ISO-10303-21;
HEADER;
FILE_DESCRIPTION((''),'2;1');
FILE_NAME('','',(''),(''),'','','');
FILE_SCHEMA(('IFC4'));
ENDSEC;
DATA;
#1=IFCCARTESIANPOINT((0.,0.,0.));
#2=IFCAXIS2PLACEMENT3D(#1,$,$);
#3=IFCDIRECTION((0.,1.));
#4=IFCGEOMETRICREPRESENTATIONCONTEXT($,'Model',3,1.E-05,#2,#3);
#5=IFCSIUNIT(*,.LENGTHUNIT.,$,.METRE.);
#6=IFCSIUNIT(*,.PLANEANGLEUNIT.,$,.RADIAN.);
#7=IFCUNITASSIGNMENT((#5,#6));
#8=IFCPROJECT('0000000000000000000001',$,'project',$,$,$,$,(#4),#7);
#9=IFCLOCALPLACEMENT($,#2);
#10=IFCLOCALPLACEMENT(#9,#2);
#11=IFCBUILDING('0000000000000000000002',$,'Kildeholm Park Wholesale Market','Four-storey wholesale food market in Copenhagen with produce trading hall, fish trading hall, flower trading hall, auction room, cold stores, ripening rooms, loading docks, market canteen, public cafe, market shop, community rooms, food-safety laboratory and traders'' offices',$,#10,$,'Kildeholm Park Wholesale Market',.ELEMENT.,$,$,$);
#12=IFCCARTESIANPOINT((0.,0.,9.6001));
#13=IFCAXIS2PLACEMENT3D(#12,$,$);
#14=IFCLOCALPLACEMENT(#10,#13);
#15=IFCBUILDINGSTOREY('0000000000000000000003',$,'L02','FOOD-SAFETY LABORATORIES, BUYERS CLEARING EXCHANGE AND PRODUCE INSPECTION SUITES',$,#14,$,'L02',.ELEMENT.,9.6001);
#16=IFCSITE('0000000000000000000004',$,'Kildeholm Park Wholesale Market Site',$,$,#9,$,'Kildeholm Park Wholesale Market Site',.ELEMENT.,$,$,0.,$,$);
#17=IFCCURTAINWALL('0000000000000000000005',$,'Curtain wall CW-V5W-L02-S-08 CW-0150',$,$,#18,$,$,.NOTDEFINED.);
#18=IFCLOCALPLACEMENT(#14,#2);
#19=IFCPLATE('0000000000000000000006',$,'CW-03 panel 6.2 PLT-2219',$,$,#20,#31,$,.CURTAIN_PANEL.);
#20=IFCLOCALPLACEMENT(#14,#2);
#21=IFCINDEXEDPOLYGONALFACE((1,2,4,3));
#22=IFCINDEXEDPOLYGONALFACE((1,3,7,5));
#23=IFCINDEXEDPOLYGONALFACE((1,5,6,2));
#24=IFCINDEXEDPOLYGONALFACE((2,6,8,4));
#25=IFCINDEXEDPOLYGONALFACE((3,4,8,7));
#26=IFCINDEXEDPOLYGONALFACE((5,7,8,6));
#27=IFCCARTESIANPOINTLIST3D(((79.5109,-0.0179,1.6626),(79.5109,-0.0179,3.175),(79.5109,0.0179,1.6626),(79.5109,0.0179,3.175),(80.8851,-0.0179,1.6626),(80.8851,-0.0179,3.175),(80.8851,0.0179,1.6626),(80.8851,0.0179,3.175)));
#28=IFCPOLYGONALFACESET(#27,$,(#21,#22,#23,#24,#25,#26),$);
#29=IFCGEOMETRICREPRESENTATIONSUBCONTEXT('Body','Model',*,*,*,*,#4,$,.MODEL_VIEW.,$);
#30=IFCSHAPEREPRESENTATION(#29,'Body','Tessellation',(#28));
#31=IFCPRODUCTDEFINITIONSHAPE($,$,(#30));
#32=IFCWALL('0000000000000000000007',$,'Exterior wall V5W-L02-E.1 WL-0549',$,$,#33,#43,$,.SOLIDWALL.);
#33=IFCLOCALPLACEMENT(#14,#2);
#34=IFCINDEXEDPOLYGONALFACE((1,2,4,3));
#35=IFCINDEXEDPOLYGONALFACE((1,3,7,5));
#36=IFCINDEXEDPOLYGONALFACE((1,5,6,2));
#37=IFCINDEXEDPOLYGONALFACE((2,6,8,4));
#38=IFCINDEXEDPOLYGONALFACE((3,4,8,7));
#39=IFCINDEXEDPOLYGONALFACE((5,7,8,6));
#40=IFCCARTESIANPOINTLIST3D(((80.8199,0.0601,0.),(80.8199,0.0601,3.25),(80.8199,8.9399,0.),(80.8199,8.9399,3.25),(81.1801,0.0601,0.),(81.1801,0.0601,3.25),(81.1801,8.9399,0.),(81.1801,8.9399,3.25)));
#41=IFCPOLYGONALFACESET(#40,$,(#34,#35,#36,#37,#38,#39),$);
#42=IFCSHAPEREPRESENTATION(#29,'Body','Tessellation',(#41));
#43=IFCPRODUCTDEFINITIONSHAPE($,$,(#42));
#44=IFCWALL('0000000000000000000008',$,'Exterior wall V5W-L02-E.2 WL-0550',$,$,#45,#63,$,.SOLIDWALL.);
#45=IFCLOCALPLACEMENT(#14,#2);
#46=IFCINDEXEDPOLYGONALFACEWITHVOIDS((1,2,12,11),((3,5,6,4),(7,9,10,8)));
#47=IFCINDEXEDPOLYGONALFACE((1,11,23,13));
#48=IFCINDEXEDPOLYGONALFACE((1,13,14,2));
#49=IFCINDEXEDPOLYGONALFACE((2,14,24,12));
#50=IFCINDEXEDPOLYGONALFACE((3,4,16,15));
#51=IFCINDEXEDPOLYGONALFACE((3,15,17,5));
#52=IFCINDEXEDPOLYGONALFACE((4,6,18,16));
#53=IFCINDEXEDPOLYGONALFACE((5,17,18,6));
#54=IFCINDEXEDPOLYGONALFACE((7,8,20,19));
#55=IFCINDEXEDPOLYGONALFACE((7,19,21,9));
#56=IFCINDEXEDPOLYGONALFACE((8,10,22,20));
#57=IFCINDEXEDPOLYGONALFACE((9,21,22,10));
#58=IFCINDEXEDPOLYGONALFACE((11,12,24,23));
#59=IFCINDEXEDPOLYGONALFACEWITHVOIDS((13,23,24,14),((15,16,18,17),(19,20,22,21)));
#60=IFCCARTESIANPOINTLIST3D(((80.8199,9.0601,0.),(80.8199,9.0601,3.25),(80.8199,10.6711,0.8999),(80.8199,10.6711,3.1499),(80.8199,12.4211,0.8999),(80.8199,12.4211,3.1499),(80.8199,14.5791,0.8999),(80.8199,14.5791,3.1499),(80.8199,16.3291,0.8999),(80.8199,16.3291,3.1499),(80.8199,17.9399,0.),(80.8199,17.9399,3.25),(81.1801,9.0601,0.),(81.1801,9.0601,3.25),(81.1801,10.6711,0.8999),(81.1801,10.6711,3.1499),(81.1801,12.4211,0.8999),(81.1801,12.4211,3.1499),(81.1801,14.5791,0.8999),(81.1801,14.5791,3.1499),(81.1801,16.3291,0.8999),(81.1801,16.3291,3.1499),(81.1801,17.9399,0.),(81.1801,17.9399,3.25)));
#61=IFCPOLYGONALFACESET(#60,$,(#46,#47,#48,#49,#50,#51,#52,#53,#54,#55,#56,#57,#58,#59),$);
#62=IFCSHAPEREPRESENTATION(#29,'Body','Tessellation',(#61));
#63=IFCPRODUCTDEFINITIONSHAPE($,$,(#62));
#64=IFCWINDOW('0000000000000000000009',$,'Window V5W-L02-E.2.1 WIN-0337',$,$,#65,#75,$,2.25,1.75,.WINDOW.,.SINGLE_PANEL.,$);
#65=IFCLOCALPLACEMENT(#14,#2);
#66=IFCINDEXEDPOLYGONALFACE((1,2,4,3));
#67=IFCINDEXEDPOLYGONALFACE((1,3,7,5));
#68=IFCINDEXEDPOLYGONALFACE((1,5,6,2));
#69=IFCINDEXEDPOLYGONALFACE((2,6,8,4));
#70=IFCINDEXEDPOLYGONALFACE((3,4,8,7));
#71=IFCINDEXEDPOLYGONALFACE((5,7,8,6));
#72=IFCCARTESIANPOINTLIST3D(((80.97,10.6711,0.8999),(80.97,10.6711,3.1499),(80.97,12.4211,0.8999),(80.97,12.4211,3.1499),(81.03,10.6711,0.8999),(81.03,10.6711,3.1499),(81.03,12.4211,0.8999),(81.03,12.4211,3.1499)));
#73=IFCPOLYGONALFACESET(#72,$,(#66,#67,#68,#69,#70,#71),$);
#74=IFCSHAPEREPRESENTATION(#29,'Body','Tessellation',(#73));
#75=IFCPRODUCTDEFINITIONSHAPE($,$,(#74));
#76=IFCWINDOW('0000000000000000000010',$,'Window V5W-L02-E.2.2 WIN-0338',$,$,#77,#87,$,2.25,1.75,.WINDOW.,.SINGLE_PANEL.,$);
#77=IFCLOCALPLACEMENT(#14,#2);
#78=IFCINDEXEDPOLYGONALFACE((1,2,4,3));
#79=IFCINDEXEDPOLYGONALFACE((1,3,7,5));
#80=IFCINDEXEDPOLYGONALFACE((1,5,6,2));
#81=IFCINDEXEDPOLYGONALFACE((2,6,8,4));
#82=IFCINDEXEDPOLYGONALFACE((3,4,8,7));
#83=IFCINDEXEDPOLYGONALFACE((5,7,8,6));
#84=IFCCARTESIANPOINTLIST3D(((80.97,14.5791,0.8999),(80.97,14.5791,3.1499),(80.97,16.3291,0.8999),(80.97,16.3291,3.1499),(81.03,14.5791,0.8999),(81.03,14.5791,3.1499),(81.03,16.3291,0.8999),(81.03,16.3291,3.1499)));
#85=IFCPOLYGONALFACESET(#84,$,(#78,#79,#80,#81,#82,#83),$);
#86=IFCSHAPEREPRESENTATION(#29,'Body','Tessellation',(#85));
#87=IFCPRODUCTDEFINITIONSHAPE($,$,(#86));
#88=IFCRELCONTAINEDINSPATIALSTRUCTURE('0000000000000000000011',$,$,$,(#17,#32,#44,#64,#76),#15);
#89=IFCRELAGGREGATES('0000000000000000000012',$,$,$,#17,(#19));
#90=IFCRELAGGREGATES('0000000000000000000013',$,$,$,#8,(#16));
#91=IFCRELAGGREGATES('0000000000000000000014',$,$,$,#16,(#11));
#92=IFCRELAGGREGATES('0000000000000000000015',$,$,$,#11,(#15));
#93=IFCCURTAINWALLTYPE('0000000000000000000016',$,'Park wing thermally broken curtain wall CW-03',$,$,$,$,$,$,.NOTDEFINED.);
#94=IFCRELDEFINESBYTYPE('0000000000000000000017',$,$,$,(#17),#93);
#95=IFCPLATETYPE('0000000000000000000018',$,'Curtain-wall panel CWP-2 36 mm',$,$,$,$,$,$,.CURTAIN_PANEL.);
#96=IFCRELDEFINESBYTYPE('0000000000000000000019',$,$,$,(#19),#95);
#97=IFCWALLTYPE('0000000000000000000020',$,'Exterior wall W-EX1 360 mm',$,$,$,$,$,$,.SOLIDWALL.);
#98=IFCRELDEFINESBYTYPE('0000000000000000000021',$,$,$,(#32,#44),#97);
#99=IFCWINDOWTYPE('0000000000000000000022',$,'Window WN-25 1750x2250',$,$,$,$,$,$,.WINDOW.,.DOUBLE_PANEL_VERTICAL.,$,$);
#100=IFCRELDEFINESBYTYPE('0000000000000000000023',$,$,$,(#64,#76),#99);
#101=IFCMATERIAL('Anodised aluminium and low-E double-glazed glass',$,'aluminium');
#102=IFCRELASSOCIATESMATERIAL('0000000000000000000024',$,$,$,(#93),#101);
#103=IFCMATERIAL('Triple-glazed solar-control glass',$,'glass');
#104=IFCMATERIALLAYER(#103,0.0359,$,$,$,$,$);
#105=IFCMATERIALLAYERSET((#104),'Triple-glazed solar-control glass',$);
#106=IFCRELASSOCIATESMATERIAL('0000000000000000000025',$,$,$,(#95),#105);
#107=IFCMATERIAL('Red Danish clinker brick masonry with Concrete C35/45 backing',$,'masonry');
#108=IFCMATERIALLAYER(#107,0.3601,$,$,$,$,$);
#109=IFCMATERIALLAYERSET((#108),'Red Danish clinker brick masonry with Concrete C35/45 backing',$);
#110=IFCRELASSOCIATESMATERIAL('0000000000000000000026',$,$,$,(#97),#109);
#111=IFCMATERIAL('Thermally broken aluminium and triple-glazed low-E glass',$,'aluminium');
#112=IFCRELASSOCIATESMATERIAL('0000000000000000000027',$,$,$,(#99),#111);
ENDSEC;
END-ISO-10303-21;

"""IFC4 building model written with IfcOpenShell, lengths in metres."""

from ifc_helpers import new_model, si_unit, direction, frame, frame_2d, origin, origin_2d, place, context, subcontext, project, spatial, rectangle, extrude, material, layer, layer_set, type_object, element, fill, aggregate, save


model = new_model("IFC4")

# Units and contexts
model_context = context("Model", 3, precision=1e-05, world=origin(), true_north=direction((0.0, 1.0)))
body_context = subcontext(model_context, "Body", "Model", "MODEL_VIEW")
ifc_project = project(units=[si_unit("LENGTHUNIT", "METRE"), si_unit("PLANEANGLEUNIT", "RADIAN")], contexts=[model_context])

# Site, building, storey
site_placement = place(None, origin())
site = spatial("IfcSite", under=ifc_project, at=site_placement, Name="Kildeholm Park Wholesale Market Site", LongName="Kildeholm Park Wholesale Market Site", CompositionType="ELEMENT", RefElevation=0.0)
building_placement = place(site_placement, origin())
building = spatial("IfcBuilding", under=site, at=building_placement, Name="Kildeholm Park Wholesale Market", Description="Four-storey wholesale food market in Copenhagen with produce trading hall, fish trading hall, flower trading hall, auction room, cold stores, ripening rooms, loading docks, market canteen, public cafe, market shop, community rooms, food-safety laboratory and traders' offices", LongName="Kildeholm Park Wholesale Market", CompositionType="ELEMENT")
storey_placement = place(building_placement, frame((0.0, 0.0, 9.6001)))
storey = spatial("IfcBuildingStorey", under=building, at=storey_placement, Name="L02", Description="FOOD-SAFETY LABORATORIES, BUYERS CLEARING EXCHANGE AND PRODUCE INSPECTION SUITES", LongName="L02", CompositionType="ELEMENT", Elevation=9.6001)

# Curtain wall, plate
ifc_material_1 = material(Name="Anodised aluminium and low-E double-glazed glass", Category="aluminium")
curtain_wall_type = type_object("IfcCurtainWallType", Name="Park wing thermally broken curtain wall CW-03", PredefinedType="NOTDEFINED", material=ifc_material_1)
curtain_wall_placement = place(storey_placement, origin())
curtain_wall = element("IfcCurtainWall", 1, at=curtain_wall_placement, inside=storey, type_object=curtain_wall_type, Name="Curtain wall CW-V5W-L02-S-08 CW-0150", PredefinedType="NOTDEFINED")
ifc_material_2 = material(Name="Triple-glazed solar-control glass", Category="glass")
ifc_layer_1 = layer(ifc_material_2, 0.0359)
ifc_layer_set_1 = layer_set([ifc_layer_1], Name="Triple-glazed solar-control glass")
plate_type = type_object("IfcPlateType", Name="Curtain-wall panel CWP-2 36 mm", PredefinedType="CURTAIN_PANEL", material=ifc_layer_set_1)
plate_1_placement = place(storey_placement, frame((80.198, 0.0, 1.6626), z_axis=(0.0, 0.0, 1.0), x_axis=(1.0, 0.0, 0.0)))
plate_1 = element("IfcPlate", 2, at=plate_1_placement, type_object=plate_type, Name="CW-03 panel 6.2 PLT-2219", PredefinedType="CURTAIN_PANEL", context=body_context, shape_type="SweptSolid", body=[
    extrude(rectangle(XDim=1.3743, YDim=0.0359, at=origin_2d()), origin(), (0.0, 0.0, 1.0), 1.5125),
])
aggregate(curtain_wall, [plate_1])

# Wall
ifc_material_3 = material(Name="Red Danish clinker brick masonry with Concrete C35/45 backing", Category="masonry")
ifc_layer_2 = layer(ifc_material_3, 0.3601)
ifc_layer_set_2 = layer_set([ifc_layer_2], Name="Red Danish clinker brick masonry with Concrete C35/45 backing")
wall_type = type_object("IfcWallType", Name="Exterior wall W-EX1 360 mm", PredefinedType="SOLIDWALL", material=ifc_layer_set_2)
wall_1_placement = place(storey_placement, frame((81.0, 0.0601, 0.0), z_axis=(0.0, 0.0, 1.0), x_axis=(0.0, 1.0, 0.0)))
element("IfcWall", 3, at=wall_1_placement, inside=storey, type_object=wall_type, Name="Exterior wall V5W-L02-E.1 WL-0549", PredefinedType="SOLIDWALL", context=body_context, shape_type="SweptSolid", body=[
    extrude(rectangle(XDim=8.8799, YDim=0.3601, at=frame_2d((4.4399, 0.0))), origin(), (0.0, 0.0, 1.0), 3.25),
])

# Wall, openings, windows
wall_2_placement = place(storey_placement, frame((81.0, 9.0601, 0.0), z_axis=(0.0, 0.0, 1.0), x_axis=(0.0, 1.0, 0.0)))
wall_2 = element("IfcWall", 4, at=wall_2_placement, inside=storey, type_object=wall_type, Name="Exterior wall V5W-L02-E.2 WL-0550", PredefinedType="SOLIDWALL", context=body_context, shape_type="SweptSolid", body=[
    extrude(rectangle(XDim=8.8799, YDim=0.3601, at=frame_2d((4.4399, 0.0))), origin(), (0.0, 0.0, 1.0), 3.25),
])
opening_1_placement = place(wall_2_placement, frame((1.6111, 0.0, 0.8999)))
opening_1 = element("IfcOpeningElement", 5, at=opening_1_placement, cuts=wall_2, PredefinedType="OPENING", context=body_context, shape_type="SweptSolid", body=[
    extrude(rectangle(XDim=1.75, YDim=2.25, at=frame_2d((0.875, 1.125))), frame((0.0, 0.1899, 0.0), z_axis=(0.0, -1.0, 0.0), x_axis=(1.0, 0.0, 0.0)), (0.0, 0.0, 1.0), 0.3801),
])
opening_2_placement = place(wall_2_placement, frame((5.519, 0.0, 0.8999)))
opening_2 = element("IfcOpeningElement", 6, at=opening_2_placement, cuts=wall_2, PredefinedType="OPENING", context=body_context, shape_type="SweptSolid", body=[
    extrude(rectangle(XDim=1.75, YDim=2.25, at=frame_2d((0.875, 1.125))), frame((0.0, 0.1899, 0.0), z_axis=(0.0, -1.0, 0.0), x_axis=(1.0, 0.0, 0.0)), (0.0, 0.0, 1.0), 0.3801),
])
ifc_material_4 = material(Name="Thermally broken aluminium and triple-glazed low-E glass", Category="aluminium")
window_type = type_object("IfcWindowType", Name="Window WN-25 1750x2250", PartitioningType="DOUBLE_PANEL_VERTICAL", PredefinedType="WINDOW", material=ifc_material_4)
window_1_placement = place(opening_1_placement, origin())
window_1 = element("IfcWindow", 7, at=window_1_placement, inside=storey, type_object=window_type, Name="Window V5W-L02-E.2.1 WIN-0337", OverallHeight=2.25, OverallWidth=1.75, PartitioningType="SINGLE_PANEL", PredefinedType="WINDOW", context=body_context, shape_type="SweptSolid", body=[
    extrude(rectangle(XDim=1.75, YDim=2.25, at=frame_2d((0.875, 1.125))), frame((0.0, 0.03, 0.0), z_axis=(0.0, -1.0, 0.0), x_axis=(1.0, 0.0, 0.0)), (0.0, 0.0, 1.0), 0.0601),
])
fill(opening_1, window_1)
window_2_placement = place(opening_2_placement, origin())
window_2 = element("IfcWindow", 8, at=window_2_placement, inside=storey, type_object=window_type, Name="Window V5W-L02-E.2.2 WIN-0338", OverallHeight=2.25, OverallWidth=1.75, PartitioningType="SINGLE_PANEL", PredefinedType="WINDOW", context=body_context, shape_type="SweptSolid", body=[
    extrude(rectangle(XDim=1.75, YDim=2.25, at=frame_2d((0.875, 1.125))), frame((0.0, 0.03, 0.0), z_axis=(0.0, -1.0, 0.0), x_axis=(1.0, 0.0, 0.0)), (0.0, 0.0, 1.0), 0.0601),
])
fill(opening_2, window_2)

save(model, "model.ifc")
